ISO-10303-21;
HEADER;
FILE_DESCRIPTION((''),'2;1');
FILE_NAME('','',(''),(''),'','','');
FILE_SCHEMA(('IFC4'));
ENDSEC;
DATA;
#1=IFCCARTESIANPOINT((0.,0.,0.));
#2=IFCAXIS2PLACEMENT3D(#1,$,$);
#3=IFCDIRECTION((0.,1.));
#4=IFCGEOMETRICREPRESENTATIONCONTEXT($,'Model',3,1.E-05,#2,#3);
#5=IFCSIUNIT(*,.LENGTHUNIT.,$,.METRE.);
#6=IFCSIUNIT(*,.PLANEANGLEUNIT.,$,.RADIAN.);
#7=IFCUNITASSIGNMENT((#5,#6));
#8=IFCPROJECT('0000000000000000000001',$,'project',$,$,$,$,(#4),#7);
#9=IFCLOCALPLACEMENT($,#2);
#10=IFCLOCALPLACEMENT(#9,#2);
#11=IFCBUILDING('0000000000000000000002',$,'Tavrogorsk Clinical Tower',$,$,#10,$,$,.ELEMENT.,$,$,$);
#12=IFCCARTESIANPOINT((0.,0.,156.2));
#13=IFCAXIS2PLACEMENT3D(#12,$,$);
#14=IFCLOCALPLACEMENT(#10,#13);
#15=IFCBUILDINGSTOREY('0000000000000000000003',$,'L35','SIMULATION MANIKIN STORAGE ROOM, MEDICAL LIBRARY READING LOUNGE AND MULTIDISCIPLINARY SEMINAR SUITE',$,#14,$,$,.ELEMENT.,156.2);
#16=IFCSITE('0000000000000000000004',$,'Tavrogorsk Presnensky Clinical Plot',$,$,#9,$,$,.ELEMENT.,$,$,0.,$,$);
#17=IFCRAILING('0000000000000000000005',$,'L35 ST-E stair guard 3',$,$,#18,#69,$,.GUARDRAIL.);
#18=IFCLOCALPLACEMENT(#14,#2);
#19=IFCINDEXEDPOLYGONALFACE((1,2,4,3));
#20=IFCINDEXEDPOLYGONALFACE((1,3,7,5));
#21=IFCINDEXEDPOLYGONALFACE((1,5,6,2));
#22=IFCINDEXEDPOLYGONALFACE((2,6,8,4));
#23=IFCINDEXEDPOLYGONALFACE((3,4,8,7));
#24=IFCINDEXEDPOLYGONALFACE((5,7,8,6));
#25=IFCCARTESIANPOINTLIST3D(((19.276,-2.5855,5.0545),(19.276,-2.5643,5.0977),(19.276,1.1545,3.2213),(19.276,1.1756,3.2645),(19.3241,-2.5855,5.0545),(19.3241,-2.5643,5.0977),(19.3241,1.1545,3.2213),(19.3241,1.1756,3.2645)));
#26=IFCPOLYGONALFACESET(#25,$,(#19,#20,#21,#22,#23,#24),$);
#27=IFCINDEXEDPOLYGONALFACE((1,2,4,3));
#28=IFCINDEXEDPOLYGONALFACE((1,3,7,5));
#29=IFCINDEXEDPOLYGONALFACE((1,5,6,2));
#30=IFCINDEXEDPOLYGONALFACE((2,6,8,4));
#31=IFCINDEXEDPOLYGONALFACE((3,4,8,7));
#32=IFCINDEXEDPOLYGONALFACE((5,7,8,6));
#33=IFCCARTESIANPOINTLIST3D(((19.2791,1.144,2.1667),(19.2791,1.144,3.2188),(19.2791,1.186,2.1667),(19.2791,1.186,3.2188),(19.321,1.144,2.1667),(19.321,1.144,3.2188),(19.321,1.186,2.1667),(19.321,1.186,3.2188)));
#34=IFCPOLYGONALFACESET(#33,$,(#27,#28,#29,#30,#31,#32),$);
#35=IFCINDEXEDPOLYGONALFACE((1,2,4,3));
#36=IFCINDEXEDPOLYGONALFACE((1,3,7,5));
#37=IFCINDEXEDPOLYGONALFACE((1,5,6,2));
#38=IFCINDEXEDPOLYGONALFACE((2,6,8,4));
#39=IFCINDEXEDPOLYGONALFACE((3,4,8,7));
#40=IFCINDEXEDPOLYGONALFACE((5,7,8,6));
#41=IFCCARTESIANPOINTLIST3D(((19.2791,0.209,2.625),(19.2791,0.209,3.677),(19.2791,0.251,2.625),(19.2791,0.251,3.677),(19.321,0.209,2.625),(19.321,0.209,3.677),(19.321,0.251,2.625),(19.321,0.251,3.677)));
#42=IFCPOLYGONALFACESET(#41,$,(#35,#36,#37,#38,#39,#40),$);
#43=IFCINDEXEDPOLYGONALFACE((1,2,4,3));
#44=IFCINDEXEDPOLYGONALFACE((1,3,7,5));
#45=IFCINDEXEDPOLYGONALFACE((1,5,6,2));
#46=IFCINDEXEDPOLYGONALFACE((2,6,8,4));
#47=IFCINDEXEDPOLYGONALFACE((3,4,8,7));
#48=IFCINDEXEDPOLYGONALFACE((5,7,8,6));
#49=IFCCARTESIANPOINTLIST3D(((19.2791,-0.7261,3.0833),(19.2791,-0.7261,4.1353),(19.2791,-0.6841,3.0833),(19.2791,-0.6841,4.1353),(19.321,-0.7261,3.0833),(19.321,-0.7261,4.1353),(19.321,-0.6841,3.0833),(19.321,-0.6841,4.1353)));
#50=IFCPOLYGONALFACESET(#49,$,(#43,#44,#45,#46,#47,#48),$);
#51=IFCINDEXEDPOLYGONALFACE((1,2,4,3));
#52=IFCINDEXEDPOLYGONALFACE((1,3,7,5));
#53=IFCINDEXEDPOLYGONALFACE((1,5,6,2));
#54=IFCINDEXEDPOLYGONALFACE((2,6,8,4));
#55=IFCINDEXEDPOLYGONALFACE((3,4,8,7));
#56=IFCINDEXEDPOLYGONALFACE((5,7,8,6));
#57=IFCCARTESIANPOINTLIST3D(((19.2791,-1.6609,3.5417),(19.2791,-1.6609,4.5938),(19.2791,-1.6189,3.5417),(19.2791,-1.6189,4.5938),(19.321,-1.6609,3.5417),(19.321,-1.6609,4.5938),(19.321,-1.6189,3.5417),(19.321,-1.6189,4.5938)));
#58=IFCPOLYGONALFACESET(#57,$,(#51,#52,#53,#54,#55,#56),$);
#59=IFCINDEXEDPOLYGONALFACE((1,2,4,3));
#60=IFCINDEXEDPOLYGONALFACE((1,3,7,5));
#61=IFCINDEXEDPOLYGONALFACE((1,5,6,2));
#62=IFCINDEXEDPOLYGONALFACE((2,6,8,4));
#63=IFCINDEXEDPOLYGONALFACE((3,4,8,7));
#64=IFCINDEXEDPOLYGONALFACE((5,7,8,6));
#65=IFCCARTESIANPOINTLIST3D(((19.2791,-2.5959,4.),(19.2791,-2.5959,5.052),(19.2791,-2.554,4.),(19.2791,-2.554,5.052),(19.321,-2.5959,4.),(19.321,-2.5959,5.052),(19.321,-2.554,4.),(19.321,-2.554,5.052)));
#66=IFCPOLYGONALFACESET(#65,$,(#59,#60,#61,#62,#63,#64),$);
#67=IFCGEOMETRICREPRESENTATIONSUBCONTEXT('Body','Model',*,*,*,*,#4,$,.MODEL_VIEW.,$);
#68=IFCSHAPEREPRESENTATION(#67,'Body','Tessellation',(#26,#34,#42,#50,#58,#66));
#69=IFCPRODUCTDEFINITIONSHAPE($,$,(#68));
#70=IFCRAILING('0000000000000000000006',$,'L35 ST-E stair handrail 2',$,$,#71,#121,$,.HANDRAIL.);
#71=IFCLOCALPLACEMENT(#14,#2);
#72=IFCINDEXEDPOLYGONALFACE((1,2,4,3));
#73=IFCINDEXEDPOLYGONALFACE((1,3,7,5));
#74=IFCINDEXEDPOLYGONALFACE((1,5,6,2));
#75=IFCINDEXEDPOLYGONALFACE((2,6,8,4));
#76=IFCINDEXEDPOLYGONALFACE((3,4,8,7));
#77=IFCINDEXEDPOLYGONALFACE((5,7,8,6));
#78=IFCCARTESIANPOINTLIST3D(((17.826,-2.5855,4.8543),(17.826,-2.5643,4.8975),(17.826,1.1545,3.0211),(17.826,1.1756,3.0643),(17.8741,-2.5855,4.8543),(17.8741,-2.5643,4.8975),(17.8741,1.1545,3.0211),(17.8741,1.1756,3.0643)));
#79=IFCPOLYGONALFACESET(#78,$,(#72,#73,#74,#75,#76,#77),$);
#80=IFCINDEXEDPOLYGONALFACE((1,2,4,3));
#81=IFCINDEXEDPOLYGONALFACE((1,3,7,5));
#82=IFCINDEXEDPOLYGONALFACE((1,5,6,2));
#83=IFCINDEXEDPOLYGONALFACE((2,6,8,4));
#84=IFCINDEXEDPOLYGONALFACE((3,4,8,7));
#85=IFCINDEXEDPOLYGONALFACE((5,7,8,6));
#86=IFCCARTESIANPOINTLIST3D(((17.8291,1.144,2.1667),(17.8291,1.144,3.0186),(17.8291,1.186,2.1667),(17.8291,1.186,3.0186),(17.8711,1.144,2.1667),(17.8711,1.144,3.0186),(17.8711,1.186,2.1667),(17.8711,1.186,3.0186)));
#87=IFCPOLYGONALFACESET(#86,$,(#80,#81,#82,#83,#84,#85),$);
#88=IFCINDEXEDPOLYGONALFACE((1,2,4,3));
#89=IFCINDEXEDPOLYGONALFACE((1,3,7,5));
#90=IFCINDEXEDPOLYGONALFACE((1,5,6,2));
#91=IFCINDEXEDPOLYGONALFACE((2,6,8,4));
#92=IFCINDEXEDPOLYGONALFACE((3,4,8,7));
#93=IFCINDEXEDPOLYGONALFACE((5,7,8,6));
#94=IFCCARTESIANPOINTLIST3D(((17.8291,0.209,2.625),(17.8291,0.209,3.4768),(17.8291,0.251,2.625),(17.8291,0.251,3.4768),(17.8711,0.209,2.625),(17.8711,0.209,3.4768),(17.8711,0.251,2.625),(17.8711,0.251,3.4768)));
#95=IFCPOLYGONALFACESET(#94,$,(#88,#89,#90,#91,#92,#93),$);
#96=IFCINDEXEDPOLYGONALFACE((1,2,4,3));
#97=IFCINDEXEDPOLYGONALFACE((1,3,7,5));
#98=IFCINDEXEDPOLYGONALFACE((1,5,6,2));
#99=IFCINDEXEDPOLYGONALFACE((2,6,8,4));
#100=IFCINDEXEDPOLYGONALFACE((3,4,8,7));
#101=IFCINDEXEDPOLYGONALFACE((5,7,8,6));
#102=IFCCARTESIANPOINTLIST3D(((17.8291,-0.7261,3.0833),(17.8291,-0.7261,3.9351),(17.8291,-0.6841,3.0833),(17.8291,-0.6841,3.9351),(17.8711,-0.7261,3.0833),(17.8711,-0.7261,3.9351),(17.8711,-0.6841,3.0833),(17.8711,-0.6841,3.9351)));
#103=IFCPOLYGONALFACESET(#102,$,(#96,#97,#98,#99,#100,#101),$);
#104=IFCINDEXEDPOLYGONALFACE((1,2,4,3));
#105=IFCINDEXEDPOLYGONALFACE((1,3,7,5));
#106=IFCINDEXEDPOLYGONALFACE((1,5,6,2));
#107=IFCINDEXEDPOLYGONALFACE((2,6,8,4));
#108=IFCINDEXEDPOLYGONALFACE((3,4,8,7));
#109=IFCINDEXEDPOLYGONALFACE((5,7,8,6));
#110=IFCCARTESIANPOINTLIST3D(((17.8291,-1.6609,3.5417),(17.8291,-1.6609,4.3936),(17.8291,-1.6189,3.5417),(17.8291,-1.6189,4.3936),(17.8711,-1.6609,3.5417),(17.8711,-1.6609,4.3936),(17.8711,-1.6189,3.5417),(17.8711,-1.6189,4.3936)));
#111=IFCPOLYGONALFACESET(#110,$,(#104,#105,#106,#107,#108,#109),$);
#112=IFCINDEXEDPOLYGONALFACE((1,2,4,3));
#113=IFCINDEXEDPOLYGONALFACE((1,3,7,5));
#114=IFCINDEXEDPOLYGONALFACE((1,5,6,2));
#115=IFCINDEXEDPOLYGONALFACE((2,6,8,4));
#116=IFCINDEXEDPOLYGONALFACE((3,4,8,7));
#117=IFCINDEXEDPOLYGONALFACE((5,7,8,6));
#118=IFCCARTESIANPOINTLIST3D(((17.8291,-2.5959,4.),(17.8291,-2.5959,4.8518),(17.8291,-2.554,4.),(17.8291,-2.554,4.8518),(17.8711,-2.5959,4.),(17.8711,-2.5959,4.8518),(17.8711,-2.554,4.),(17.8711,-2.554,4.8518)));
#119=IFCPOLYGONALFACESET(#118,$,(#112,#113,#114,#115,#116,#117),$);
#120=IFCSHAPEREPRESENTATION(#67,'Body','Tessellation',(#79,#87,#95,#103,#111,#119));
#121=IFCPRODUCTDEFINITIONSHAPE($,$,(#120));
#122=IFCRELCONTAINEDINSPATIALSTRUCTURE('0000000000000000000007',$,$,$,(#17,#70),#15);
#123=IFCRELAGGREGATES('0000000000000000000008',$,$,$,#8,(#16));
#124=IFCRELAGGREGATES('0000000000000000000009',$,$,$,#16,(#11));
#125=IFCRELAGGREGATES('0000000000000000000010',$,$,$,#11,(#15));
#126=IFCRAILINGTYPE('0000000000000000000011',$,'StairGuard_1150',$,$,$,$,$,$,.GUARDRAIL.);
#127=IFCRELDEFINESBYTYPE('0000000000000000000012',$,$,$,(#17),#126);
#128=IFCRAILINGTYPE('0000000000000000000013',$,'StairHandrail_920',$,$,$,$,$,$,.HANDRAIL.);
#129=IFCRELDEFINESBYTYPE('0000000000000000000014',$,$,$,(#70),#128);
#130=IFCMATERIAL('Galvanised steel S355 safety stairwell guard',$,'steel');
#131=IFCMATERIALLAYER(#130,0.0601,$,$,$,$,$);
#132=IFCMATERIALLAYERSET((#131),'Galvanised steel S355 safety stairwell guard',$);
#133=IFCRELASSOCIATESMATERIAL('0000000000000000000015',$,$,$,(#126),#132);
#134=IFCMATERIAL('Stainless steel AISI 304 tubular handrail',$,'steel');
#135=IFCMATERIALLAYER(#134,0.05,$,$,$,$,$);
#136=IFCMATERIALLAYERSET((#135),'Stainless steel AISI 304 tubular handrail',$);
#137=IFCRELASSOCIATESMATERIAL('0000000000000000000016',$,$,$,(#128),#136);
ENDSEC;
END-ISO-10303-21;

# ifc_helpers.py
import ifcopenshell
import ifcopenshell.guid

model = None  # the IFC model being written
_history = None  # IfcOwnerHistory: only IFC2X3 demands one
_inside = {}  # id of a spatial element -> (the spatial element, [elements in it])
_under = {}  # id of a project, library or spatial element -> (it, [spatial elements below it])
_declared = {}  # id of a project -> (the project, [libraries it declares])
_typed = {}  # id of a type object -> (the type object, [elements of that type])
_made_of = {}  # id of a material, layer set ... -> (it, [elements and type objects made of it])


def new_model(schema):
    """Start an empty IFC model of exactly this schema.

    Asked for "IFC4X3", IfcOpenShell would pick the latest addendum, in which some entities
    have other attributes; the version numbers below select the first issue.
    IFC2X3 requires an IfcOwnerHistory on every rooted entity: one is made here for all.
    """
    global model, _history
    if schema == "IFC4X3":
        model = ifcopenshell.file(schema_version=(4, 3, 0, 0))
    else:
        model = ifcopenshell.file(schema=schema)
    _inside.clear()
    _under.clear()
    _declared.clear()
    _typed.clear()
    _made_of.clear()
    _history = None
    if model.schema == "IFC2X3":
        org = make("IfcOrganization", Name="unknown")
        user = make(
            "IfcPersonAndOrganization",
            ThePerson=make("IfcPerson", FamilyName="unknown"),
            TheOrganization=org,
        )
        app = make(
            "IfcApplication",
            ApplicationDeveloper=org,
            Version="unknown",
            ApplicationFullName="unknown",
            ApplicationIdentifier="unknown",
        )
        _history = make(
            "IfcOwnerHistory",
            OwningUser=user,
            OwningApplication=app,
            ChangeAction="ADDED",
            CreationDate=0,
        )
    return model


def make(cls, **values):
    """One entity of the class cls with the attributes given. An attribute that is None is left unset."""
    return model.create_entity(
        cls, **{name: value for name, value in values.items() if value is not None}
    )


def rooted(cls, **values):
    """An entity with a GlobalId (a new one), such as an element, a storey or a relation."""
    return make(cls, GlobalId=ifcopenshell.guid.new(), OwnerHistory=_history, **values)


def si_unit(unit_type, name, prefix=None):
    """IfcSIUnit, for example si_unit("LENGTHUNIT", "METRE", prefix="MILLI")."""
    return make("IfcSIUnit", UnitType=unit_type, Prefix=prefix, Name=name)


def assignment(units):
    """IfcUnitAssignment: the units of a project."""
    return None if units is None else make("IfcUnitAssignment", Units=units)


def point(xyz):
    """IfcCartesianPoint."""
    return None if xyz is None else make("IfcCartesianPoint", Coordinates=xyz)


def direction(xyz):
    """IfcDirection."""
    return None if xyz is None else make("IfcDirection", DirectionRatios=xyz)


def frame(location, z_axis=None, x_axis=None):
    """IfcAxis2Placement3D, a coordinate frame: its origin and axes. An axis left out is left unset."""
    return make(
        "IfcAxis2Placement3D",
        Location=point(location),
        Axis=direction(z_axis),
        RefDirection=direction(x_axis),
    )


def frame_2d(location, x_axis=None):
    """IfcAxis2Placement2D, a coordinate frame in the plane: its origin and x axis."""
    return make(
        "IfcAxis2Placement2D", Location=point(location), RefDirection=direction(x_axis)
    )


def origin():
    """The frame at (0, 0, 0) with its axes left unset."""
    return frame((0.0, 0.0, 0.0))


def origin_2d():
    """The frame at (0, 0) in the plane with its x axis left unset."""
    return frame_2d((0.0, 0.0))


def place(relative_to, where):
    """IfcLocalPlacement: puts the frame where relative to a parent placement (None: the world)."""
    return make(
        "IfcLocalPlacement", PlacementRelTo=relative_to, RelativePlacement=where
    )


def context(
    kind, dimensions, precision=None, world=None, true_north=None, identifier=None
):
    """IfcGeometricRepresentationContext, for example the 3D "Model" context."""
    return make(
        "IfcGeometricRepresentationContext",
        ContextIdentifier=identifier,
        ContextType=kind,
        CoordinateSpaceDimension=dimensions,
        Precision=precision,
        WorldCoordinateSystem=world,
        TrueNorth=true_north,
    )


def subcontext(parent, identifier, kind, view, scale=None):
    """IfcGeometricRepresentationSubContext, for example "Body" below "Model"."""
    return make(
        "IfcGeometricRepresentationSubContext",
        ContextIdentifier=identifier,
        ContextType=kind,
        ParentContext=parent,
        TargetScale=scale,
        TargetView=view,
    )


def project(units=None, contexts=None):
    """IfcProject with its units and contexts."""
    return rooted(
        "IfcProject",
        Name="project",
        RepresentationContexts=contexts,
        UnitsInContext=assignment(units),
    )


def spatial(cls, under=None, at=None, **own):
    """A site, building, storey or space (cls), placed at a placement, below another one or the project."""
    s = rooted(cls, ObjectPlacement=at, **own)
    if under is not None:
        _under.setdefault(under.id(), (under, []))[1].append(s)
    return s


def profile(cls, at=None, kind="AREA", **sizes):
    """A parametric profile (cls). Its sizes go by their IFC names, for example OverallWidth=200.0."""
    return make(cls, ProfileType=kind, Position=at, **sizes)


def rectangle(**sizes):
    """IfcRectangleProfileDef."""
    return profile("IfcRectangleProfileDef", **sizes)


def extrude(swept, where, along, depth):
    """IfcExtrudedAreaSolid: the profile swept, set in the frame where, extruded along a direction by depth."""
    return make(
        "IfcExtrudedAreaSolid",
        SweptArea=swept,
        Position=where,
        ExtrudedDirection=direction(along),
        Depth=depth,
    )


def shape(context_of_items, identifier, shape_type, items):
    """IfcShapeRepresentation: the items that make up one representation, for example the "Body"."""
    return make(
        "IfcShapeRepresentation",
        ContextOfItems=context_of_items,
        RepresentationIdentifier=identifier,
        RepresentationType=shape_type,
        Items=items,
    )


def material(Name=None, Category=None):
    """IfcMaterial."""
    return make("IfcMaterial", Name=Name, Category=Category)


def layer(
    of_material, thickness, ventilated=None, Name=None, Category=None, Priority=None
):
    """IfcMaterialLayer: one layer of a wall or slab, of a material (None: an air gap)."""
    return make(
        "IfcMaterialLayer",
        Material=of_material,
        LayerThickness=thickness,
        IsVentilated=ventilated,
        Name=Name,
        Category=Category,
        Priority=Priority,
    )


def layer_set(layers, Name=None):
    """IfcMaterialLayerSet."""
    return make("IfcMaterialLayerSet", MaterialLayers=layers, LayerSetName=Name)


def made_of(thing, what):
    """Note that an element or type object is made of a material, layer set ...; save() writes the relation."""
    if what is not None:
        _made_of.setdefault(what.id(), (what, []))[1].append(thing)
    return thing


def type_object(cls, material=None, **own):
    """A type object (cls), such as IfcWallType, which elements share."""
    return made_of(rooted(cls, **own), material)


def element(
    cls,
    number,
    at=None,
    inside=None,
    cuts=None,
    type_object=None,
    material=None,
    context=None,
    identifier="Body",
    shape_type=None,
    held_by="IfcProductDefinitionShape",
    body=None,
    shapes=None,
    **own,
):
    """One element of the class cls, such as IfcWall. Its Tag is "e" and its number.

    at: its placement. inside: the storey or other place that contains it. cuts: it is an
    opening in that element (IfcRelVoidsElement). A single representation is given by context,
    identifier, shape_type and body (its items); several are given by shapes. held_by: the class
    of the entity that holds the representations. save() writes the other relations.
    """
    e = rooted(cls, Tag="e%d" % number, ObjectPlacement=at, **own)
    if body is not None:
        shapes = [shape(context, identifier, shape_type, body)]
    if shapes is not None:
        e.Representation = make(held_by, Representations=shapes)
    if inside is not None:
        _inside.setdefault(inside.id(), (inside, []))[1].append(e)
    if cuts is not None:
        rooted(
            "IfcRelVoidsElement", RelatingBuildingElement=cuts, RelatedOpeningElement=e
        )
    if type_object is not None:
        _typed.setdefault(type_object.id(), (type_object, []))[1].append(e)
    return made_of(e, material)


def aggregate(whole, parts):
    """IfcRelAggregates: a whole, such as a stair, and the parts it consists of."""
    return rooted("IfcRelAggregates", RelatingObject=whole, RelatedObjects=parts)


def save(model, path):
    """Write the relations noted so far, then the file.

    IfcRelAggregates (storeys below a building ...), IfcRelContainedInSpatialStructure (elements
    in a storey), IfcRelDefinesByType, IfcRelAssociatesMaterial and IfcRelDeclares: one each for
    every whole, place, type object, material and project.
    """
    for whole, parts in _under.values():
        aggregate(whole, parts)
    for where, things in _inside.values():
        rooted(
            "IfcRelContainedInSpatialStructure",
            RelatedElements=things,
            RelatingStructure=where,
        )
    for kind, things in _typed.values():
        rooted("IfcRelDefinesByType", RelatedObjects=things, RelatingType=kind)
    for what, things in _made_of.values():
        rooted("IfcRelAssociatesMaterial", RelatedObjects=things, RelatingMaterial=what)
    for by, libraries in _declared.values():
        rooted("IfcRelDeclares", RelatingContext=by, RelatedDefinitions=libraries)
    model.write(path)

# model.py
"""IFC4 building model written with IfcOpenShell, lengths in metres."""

from ifc_helpers import new_model, si_unit, direction, frame, origin, origin_2d, place, context, subcontext, project, spatial, rectangle, extrude, material, layer, layer_set, type_object, element, save


model = new_model("IFC4")

# Units and contexts
model_context = context("Model", 3, precision=1e-05, world=origin(), true_north=direction((0.0, 1.0)))
body_context = subcontext(model_context, "Body", "Model", "MODEL_VIEW")
ifc_project = project(units=[si_unit("LENGTHUNIT", "METRE"), si_unit("PLANEANGLEUNIT", "RADIAN")], contexts=[model_context])

# Site, building, storey
site_placement = place(None, origin())
site = spatial("IfcSite", under=ifc_project, at=site_placement, Name="Tavrogorsk Presnensky Clinical Plot", CompositionType="ELEMENT", RefElevation=0.0)
building_placement = place(site_placement, origin())
building = spatial("IfcBuilding", under=site, at=building_placement, Name="Tavrogorsk Clinical Tower", CompositionType="ELEMENT")
storey_placement = place(building_placement, frame((0.0, 0.0, 156.2)))
storey = spatial("IfcBuildingStorey", under=building, at=storey_placement, Name="L35", Description="SIMULATION MANIKIN STORAGE ROOM, MEDICAL LIBRARY READING LOUNGE AND MULTIDISCIPLINARY SEMINAR SUITE", CompositionType="ELEMENT", Elevation=156.2)

# Railings
ifc_material_1 = material(Name="Galvanised steel S355 safety stairwell guard", Category="steel")
ifc_layer_1 = layer(ifc_material_1, 0.0601)
ifc_layer_set_1 = layer_set([ifc_layer_1], Name="Galvanised steel S355 safety stairwell guard")
railing_type_1 = type_object("IfcRailingType", Name="StairGuard_1150", PredefinedType="GUARDRAIL", material=ifc_layer_set_1)
railing_1_placement = place(storey_placement, frame((19.3, 1.165, 2.1667)))
element("IfcRailing", 1, at=railing_1_placement, inside=storey, type_object=railing_type_1, Name="L35 ST-E stair guard 3", PredefinedType="GUARDRAIL", context=body_context, shape_type="SweptSolid", body=[
    extrude(rectangle(XDim=0.0481, YDim=0.0481, at=origin_2d()), frame((0.0, 0.0, 1.0762), z_axis=(0.0, -0.897928, 0.440142), x_axis=(1.0, 0.0, 0.0)), (0.0, 0.0, 1.0), 4.165),
    extrude(rectangle(XDim=0.042, YDim=0.042, at=origin_2d()), origin(), (0.0, 0.0, 1.0), 1.052),
    extrude(rectangle(XDim=0.042, YDim=0.042, at=origin_2d()), frame((0.0, -0.9351, 0.4583)), (0.0, 0.0, 1.0), 1.052),
    extrude(rectangle(XDim=0.042, YDim=0.042, at=origin_2d()), frame((0.0, -1.8701, 0.9165)), (0.0, 0.0, 1.0), 1.052),
    extrude(rectangle(XDim=0.042, YDim=0.042, at=origin_2d()), frame((0.0, -2.8049, 1.375)), (0.0, 0.0, 1.0), 1.052),
    extrude(rectangle(XDim=0.042, YDim=0.042, at=origin_2d()), frame((0.0, -3.74, 1.8333)), (0.0, 0.0, 1.0), 1.052),
])
ifc_material_2 = material(Name="Stainless steel AISI 304 tubular handrail", Category="steel")
ifc_layer_2 = layer(ifc_material_2, 0.05)
ifc_layer_set_2 = layer_set([ifc_layer_2], Name="Stainless steel AISI 304 tubular handrail")
railing_type_2 = type_object("IfcRailingType", Name="StairHandrail_920", PredefinedType="HANDRAIL", material=ifc_layer_set_2)
railing_2_placement = place(storey_placement, frame((17.8501, 1.165, 2.1667)))
element("IfcRailing", 2, at=railing_2_placement, inside=storey, type_object=railing_type_2, Name="L35 ST-E stair handrail 2", PredefinedType="HANDRAIL", context=body_context, shape_type="SweptSolid", body=[
    extrude(rectangle(XDim=0.0481, YDim=0.0481, at=origin_2d()), frame((0.0, 0.0, 0.876), z_axis=(0.0, -0.897928, 0.440142), x_axis=(1.0, 0.0, 0.0)), (0.0, 0.0, 1.0), 4.165),
    extrude(rectangle(XDim=0.042, YDim=0.042, at=origin_2d()), origin(), (0.0, 0.0, 1.0), 0.8518),
    extrude(rectangle(XDim=0.042, YDim=0.042, at=origin_2d()), frame((0.0, -0.9351, 0.4583)), (0.0, 0.0, 1.0), 0.8518),
    extrude(rectangle(XDim=0.042, YDim=0.042, at=origin_2d()), frame((0.0, -1.8701, 0.9165)), (0.0, 0.0, 1.0), 0.8518),
    extrude(rectangle(XDim=0.042, YDim=0.042, at=origin_2d()), frame((0.0, -2.8049, 1.375)), (0.0, 0.0, 1.0), 0.8518),
    extrude(rectangle(XDim=0.042, YDim=0.042, at=origin_2d()), frame((0.0, -3.74, 1.8333)), (0.0, 0.0, 1.0), 0.8518),
])

save(model, "model.ifc")
